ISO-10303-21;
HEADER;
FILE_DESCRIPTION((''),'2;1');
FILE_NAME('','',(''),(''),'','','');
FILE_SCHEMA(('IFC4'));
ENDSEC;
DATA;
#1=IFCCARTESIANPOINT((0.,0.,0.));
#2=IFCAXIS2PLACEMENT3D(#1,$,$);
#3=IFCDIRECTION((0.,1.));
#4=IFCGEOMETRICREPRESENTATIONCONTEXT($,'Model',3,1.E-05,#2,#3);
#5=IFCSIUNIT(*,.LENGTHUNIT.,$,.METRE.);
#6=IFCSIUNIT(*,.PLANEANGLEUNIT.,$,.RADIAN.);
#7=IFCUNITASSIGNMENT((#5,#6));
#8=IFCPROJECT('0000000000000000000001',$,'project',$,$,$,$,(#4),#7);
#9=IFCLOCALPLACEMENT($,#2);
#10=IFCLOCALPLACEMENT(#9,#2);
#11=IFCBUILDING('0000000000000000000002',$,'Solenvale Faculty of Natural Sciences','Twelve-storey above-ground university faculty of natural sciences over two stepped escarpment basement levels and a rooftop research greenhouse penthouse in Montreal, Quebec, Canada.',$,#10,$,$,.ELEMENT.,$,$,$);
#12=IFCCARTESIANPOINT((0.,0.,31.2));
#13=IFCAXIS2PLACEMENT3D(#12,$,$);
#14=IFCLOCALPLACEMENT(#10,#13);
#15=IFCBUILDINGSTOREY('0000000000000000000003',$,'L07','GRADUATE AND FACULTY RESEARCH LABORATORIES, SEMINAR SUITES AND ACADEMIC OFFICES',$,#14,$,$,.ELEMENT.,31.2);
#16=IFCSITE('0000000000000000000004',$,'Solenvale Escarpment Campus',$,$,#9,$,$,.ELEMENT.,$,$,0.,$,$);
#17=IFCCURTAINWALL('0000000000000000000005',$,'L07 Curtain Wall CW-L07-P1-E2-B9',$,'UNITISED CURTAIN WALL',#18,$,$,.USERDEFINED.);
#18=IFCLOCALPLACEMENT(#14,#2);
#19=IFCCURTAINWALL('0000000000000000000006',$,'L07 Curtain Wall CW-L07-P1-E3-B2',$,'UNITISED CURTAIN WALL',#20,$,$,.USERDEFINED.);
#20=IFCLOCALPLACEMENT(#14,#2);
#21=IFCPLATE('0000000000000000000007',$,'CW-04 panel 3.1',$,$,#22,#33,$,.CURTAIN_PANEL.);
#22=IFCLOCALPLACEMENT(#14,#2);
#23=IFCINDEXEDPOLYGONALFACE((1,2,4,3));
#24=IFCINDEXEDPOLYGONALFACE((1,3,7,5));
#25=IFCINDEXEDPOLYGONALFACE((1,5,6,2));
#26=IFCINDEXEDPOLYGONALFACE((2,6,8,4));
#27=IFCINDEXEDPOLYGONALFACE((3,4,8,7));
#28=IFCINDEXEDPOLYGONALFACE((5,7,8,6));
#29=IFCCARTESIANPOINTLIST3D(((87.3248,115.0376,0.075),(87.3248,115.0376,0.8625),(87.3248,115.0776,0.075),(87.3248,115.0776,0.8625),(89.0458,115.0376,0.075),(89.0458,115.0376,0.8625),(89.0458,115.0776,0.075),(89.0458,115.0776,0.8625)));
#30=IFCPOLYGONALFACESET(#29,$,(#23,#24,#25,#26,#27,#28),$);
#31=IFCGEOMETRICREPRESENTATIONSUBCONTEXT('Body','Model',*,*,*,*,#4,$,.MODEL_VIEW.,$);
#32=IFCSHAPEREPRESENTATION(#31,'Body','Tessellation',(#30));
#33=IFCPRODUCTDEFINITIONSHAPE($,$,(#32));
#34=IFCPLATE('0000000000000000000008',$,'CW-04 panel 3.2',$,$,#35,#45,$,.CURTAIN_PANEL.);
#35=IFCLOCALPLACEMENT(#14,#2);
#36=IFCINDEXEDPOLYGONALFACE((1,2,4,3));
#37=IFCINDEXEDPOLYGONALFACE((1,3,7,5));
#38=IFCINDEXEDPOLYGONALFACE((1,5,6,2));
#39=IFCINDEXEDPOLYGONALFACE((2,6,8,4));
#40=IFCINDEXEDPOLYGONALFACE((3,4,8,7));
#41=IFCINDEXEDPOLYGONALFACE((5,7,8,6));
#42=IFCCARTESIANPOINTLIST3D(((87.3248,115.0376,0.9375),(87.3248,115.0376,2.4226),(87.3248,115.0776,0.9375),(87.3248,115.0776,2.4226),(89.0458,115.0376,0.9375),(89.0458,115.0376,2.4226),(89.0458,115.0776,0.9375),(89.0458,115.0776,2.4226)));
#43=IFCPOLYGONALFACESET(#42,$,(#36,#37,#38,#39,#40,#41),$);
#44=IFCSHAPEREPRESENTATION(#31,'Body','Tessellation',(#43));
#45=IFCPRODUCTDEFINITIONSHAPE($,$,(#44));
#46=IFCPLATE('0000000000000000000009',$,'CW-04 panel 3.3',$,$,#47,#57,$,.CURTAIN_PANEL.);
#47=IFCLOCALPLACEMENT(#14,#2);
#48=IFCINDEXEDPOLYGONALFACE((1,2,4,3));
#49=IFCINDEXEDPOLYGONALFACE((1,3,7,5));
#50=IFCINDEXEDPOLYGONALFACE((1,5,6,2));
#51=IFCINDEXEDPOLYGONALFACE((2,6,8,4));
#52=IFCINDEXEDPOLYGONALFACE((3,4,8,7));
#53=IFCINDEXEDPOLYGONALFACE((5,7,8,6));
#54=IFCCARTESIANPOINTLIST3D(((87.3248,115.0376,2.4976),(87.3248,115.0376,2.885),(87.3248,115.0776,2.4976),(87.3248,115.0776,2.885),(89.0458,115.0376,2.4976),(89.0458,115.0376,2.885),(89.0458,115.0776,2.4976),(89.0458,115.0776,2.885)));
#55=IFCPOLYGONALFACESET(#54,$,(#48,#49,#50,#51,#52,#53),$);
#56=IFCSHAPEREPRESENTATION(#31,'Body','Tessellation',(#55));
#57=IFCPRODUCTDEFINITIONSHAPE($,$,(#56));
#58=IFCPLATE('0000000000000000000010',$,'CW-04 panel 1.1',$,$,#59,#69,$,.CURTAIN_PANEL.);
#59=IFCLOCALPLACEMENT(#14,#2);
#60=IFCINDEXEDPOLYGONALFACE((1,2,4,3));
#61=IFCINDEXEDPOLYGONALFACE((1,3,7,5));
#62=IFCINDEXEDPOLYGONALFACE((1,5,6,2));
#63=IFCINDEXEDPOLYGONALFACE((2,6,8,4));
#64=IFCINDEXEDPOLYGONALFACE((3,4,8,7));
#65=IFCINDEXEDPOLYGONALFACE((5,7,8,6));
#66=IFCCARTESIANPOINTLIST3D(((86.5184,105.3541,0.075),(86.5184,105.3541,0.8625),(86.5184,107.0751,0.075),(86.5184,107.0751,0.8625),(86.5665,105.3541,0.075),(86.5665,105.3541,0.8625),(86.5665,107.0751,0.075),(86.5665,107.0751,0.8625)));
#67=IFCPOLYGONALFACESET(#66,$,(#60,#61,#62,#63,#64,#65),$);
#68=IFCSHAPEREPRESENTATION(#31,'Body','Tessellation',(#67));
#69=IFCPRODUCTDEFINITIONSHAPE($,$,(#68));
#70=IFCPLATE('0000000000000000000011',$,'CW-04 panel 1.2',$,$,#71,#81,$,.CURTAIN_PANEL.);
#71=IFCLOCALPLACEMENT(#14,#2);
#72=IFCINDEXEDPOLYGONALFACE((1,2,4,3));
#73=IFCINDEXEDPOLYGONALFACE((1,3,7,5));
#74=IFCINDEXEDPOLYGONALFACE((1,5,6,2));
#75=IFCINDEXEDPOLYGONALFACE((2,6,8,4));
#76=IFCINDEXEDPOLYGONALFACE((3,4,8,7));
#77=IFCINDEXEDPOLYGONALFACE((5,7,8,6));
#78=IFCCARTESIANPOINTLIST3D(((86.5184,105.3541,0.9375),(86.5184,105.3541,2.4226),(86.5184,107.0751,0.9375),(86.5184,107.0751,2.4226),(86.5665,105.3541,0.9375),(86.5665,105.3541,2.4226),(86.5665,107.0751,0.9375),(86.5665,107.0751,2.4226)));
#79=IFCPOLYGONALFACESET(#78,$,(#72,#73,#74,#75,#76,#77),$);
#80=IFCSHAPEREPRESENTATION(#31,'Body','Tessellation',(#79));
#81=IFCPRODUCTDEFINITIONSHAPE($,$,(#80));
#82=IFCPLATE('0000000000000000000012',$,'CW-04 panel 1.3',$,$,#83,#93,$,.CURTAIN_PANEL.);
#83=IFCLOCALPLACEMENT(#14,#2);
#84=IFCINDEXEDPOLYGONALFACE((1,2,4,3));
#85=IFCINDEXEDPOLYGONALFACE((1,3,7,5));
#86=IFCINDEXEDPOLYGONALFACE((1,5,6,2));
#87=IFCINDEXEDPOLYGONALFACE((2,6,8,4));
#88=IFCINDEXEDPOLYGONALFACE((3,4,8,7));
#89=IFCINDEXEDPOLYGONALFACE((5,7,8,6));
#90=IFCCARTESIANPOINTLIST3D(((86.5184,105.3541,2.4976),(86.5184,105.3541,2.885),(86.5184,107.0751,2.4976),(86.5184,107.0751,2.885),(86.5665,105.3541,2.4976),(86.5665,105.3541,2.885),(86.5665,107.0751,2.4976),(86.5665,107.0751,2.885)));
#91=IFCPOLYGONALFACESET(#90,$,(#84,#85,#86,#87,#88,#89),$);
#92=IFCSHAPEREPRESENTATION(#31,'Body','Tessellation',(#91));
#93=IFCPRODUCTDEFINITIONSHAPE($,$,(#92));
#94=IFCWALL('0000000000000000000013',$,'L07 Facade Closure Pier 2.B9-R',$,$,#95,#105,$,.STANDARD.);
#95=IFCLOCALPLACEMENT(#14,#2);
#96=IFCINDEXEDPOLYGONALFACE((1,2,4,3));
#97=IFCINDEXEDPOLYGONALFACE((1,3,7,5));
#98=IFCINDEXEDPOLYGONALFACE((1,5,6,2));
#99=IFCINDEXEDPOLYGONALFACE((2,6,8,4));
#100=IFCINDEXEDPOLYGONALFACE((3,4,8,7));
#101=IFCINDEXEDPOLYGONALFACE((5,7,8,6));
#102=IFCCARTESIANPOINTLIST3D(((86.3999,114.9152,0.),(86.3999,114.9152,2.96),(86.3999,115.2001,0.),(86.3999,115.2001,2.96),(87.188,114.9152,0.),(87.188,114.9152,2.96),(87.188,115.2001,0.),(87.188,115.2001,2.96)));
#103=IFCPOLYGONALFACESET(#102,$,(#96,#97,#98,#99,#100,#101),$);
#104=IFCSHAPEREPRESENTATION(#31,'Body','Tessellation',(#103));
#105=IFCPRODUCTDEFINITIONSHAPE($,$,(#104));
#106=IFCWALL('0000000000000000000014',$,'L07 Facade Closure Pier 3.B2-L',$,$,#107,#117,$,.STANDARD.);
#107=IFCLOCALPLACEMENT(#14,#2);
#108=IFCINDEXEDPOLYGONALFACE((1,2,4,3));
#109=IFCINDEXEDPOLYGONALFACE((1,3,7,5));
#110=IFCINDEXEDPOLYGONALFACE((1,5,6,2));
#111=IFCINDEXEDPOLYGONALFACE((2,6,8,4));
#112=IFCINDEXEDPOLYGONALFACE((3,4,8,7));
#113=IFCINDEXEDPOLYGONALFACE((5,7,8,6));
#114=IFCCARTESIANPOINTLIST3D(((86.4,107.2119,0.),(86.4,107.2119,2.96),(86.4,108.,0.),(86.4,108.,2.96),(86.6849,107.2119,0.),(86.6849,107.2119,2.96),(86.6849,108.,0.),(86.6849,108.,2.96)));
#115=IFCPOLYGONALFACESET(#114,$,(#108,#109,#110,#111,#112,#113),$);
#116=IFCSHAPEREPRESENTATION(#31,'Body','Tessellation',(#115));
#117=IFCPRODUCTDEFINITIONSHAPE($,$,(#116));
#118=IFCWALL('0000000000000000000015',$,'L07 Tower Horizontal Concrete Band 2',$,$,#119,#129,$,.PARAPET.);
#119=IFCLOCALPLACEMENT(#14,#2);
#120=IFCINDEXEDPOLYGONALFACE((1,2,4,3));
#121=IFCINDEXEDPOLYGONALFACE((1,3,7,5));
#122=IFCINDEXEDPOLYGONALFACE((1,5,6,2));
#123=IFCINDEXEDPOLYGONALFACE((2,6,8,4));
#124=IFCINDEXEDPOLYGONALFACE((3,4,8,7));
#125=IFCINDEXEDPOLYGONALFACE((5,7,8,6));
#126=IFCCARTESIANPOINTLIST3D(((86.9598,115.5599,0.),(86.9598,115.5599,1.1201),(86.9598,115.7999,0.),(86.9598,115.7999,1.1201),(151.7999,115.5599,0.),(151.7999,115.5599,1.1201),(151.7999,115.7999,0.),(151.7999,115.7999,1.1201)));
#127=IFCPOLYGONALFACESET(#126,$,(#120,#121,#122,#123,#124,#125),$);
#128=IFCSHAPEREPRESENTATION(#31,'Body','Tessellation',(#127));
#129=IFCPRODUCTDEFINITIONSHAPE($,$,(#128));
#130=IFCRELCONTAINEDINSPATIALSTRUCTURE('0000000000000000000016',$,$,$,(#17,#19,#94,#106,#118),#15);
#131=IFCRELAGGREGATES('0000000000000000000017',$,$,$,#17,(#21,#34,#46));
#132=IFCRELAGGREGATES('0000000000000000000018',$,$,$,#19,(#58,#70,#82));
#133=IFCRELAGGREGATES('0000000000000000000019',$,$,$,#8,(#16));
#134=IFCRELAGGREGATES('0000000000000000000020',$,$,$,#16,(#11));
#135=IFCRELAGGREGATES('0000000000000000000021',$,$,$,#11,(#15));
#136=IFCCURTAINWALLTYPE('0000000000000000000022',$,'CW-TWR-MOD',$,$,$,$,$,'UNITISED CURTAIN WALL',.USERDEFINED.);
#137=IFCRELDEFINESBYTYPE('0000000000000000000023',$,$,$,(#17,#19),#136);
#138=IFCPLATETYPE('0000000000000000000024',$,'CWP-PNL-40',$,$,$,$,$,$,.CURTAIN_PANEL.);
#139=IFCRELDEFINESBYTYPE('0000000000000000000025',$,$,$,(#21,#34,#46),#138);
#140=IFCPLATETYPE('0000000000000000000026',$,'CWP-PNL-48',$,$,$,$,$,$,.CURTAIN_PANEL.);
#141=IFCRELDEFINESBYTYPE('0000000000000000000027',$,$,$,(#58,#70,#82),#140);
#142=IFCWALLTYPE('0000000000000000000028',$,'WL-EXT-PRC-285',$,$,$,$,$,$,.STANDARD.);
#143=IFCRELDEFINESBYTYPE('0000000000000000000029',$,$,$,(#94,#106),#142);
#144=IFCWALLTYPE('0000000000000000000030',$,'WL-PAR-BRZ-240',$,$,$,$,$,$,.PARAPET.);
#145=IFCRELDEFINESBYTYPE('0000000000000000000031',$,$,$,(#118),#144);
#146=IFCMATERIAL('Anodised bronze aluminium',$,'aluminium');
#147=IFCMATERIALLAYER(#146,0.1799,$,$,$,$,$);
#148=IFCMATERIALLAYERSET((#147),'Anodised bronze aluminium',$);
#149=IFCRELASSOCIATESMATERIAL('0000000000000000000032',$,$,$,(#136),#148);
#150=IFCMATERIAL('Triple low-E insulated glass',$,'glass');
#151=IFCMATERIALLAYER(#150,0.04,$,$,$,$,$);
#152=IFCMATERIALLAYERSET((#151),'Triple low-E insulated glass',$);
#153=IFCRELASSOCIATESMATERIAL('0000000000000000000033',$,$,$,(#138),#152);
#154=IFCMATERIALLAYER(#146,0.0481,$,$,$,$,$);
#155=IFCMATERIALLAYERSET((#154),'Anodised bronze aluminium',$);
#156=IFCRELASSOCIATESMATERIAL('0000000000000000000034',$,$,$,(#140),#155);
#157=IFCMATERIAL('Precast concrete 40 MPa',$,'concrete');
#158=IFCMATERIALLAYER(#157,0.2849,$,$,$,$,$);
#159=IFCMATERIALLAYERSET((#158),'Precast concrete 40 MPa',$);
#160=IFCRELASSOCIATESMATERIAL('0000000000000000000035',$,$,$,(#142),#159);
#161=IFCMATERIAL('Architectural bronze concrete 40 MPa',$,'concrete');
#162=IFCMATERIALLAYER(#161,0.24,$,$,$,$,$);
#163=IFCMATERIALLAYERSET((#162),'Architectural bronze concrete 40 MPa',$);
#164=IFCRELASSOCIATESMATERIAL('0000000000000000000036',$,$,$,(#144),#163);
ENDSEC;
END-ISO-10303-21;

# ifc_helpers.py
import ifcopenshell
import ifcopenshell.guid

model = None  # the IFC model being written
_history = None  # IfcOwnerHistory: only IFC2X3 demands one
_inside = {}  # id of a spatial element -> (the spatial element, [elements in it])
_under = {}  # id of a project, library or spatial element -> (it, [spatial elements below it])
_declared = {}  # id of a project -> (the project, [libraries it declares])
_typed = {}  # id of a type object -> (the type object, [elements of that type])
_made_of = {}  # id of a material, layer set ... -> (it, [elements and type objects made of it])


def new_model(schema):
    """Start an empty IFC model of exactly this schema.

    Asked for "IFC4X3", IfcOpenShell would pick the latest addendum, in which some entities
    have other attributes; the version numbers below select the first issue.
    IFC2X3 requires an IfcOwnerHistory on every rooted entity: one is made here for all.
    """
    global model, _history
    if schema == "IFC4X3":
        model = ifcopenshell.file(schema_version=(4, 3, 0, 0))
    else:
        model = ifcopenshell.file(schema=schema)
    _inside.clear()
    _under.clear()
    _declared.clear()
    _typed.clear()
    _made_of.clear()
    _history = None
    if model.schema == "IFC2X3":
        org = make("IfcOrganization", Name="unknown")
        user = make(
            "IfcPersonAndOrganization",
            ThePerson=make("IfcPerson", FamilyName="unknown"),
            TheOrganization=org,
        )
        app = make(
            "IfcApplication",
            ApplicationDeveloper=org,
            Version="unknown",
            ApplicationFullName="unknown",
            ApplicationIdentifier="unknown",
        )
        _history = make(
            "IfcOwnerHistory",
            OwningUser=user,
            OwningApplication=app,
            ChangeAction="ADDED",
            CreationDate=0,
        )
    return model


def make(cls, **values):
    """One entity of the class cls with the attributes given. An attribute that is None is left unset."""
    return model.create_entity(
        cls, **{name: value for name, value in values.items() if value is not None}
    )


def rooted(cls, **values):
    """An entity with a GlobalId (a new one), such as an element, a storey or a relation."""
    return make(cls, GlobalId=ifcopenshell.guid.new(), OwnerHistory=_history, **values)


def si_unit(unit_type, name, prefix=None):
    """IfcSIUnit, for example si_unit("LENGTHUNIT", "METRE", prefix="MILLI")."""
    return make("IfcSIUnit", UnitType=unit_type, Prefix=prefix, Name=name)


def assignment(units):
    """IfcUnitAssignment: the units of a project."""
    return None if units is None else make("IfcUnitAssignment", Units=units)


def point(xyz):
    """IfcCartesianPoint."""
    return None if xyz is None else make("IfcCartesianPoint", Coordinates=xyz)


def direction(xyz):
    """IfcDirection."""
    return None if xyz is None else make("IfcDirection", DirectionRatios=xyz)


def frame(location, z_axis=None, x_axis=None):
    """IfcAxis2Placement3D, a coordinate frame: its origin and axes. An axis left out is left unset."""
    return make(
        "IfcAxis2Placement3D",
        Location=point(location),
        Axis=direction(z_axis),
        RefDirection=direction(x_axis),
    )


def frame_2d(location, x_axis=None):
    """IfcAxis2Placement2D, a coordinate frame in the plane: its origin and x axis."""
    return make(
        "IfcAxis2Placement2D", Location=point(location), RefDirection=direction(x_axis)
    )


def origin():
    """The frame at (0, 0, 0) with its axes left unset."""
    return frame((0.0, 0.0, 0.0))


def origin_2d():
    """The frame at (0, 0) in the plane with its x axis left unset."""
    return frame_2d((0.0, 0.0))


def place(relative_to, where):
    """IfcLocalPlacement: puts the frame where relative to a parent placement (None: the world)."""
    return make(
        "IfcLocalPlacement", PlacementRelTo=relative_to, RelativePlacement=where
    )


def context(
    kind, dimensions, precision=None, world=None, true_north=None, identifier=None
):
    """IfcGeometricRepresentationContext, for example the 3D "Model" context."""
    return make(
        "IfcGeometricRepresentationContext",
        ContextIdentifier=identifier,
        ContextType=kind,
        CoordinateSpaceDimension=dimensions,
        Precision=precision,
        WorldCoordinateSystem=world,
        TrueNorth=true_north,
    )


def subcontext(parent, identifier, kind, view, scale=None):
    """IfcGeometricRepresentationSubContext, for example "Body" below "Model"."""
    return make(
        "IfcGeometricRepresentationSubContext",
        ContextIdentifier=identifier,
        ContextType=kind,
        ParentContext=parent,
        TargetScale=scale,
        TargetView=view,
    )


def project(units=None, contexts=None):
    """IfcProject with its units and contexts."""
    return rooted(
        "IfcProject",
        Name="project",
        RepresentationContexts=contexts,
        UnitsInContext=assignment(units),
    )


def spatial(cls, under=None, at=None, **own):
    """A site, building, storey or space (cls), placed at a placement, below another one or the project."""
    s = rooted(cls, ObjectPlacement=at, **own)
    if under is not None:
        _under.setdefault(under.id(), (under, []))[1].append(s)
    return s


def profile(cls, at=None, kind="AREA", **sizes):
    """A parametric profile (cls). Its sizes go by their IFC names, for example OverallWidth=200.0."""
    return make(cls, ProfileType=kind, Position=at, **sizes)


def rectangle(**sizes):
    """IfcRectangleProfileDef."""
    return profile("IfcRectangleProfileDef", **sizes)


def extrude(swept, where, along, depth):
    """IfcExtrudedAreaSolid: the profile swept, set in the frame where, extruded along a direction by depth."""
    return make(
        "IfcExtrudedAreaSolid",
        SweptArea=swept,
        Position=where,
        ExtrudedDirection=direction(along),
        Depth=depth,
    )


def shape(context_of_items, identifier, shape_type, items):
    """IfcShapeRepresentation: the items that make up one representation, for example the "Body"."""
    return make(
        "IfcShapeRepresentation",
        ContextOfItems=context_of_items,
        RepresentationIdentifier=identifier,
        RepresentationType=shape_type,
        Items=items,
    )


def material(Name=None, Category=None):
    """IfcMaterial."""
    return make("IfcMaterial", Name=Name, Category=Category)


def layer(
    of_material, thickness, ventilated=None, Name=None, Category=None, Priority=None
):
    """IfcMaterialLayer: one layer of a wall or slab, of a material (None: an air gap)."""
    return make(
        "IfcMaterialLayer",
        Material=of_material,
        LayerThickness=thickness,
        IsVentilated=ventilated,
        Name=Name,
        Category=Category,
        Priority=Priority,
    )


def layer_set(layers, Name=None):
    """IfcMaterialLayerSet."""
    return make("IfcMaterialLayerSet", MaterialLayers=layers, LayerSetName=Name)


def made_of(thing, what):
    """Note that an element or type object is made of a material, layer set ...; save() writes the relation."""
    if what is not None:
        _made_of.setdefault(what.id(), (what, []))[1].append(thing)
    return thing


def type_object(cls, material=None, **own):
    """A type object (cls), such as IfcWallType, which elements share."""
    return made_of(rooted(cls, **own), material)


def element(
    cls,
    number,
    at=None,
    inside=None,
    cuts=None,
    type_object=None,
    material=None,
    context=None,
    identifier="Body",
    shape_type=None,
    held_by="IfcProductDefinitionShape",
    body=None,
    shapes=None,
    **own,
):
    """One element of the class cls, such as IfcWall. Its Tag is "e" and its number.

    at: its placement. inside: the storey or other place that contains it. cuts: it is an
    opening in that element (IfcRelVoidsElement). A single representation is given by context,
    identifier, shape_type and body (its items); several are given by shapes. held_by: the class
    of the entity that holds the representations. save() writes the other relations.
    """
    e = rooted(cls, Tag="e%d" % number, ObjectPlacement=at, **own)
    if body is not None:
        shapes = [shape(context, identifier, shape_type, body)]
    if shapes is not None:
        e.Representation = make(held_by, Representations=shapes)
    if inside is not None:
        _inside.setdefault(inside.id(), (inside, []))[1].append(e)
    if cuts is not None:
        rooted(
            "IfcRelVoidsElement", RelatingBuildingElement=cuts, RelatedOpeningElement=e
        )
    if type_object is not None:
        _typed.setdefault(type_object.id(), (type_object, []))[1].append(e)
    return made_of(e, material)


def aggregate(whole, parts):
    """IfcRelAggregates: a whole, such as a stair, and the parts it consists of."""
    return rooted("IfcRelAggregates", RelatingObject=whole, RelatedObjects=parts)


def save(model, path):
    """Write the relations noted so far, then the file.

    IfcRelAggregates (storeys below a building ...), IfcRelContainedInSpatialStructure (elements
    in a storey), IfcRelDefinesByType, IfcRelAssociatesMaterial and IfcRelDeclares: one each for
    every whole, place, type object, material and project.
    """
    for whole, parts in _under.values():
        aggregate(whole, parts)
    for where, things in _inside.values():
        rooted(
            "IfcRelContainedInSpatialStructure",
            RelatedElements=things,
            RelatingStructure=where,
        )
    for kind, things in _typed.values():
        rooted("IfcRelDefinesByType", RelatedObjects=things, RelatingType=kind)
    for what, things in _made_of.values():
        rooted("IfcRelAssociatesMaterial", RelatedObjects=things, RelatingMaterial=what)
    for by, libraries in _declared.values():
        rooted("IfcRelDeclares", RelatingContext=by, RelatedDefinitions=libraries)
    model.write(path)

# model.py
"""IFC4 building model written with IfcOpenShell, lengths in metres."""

from ifc_helpers import new_model, si_unit, direction, frame, frame_2d, origin, origin_2d, place, context, subcontext, project, spatial, rectangle, extrude, material, layer, layer_set, type_object, element, aggregate, save


model = new_model("IFC4")

# Units and contexts
model_context = context("Model", 3, precision=1e-05, world=origin(), true_north=direction((0.0, 1.0)))
body_context = subcontext(model_context, "Body", "Model", "MODEL_VIEW")
ifc_project = project(units=[si_unit("LENGTHUNIT", "METRE"), si_unit("PLANEANGLEUNIT", "RADIAN")], contexts=[model_context])

# Site, building, storey
site_placement = place(None, origin())
site = spatial("IfcSite", under=ifc_project, at=site_placement, Name="Solenvale Escarpment Campus", CompositionType="ELEMENT", RefElevation=0.0)
building_placement = place(site_placement, origin())
building = spatial("IfcBuilding", under=site, at=building_placement, Name="Solenvale Faculty of Natural Sciences", Description="Twelve-storey above-ground university faculty of natural sciences over two stepped escarpment basement levels and a rooftop research greenhouse penthouse in Montreal, Quebec, Canada.", CompositionType="ELEMENT")
storey_placement = place(building_placement, frame((0.0, 0.0, 31.2)))
storey = spatial("IfcBuildingStorey", under=building, at=storey_placement, Name="L07", Description="GRADUATE AND FACULTY RESEARCH LABORATORIES, SEMINAR SUITES AND ACADEMIC OFFICES", CompositionType="ELEMENT", Elevation=31.2)

# Shared definitions
ifc_material_1 = material(Name="Precast concrete 40 MPa", Category="concrete")

# Curtain walls
ifc_material_2 = material(Name="Anodised bronze aluminium", Category="aluminium")
ifc_layer_1 = layer(ifc_material_2, 0.1799)
ifc_layer_set_1 = layer_set([ifc_layer_1], Name="Anodised bronze aluminium")
curtain_wall_type = type_object("IfcCurtainWallType", Name="CW-TWR-MOD", ElementType="UNITISED CURTAIN WALL", PredefinedType="USERDEFINED", material=ifc_layer_set_1)
curtain_wall_1_placement = place(storey_placement, origin())
curtain_wall_1 = element("IfcCurtainWall", 1, at=curtain_wall_1_placement, inside=storey, type_object=curtain_wall_type, Name="L07 Curtain Wall CW-L07-P1-E2-B9", ObjectType="UNITISED CURTAIN WALL", PredefinedType="USERDEFINED")
curtain_wall_2_placement = place(storey_placement, origin())
curtain_wall_2 = element("IfcCurtainWall", 2, at=curtain_wall_2_placement, inside=storey, type_object=curtain_wall_type, Name="L07 Curtain Wall CW-L07-P1-E3-B2", ObjectType="UNITISED CURTAIN WALL", PredefinedType="USERDEFINED")

# Plates
ifc_material_3 = material(Name="Triple low-E insulated glass", Category="glass")
ifc_layer_2 = layer(ifc_material_3, 0.04)
ifc_layer_set_2 = layer_set([ifc_layer_2], Name="Triple low-E insulated glass")
plate_type_1 = type_object("IfcPlateType", Name="CWP-PNL-40", PredefinedType="CURTAIN_PANEL", material=ifc_layer_set_2)
plate_1_placement = place(storey_placement, frame((88.1853, 115.0576, 0.075), z_axis=(0.0, 0.0, 1.0), x_axis=(-1.0, 0.0, 0.0)))
plate_1 = element("IfcPlate", 3, at=plate_1_placement, type_object=plate_type_1, Name="CW-04 panel 3.1", PredefinedType="CURTAIN_PANEL", context=body_context, shape_type="SweptSolid", body=[
    extrude(rectangle(XDim=1.7209, YDim=0.04, at=origin_2d()), origin(), (0.0, 0.0, 1.0), 0.7876),
])
plate_2_placement = place(storey_placement, frame((88.1853, 115.0576, 0.9375), z_axis=(0.0, 0.0, 1.0), x_axis=(-1.0, 0.0, 0.0)))
plate_2 = element("IfcPlate", 4, at=plate_2_placement, type_object=plate_type_1, Name="CW-04 panel 3.2", PredefinedType="CURTAIN_PANEL", context=body_context, shape_type="SweptSolid", body=[
    extrude(rectangle(XDim=1.7209, YDim=0.04, at=origin_2d()), origin(), (0.0, 0.0, 1.0), 1.4851),
])
plate_3_placement = place(storey_placement, frame((88.1853, 115.0576, 2.4976), z_axis=(0.0, 0.0, 1.0), x_axis=(-1.0, 0.0, 0.0)))
plate_3 = element("IfcPlate", 5, at=plate_3_placement, type_object=plate_type_1, Name="CW-04 panel 3.3", PredefinedType="CURTAIN_PANEL", context=body_context, shape_type="SweptSolid", body=[
    extrude(rectangle(XDim=1.7209, YDim=0.04, at=origin_2d()), origin(), (0.0, 0.0, 1.0), 0.3875),
])
aggregate(curtain_wall_1, [plate_1, plate_2, plate_3])
ifc_layer_3 = layer(ifc_material_2, 0.0481)
ifc_layer_set_3 = layer_set([ifc_layer_3], Name="Anodised bronze aluminium")
plate_type_2 = type_object("IfcPlateType", Name="CWP-PNL-48", PredefinedType="CURTAIN_PANEL", material=ifc_layer_set_3)
plate_4_placement = place(storey_placement, frame((86.5425, 106.2146, 0.075), z_axis=(0.0, 0.0, 1.0), x_axis=(0.0, -1.0, 0.0)))
plate_4 = element("IfcPlate", 6, at=plate_4_placement, type_object=plate_type_2, Name="CW-04 panel 1.1", PredefinedType="CURTAIN_PANEL", context=body_context, shape_type="SweptSolid", body=[
    extrude(rectangle(XDim=1.7209, YDim=0.0481, at=origin_2d()), origin(), (0.0, 0.0, 1.0), 0.7876),
])
plate_5_placement = place(storey_placement, frame((86.5425, 106.2146, 0.9375), z_axis=(0.0, 0.0, 1.0), x_axis=(0.0, -1.0, 0.0)))
plate_5 = element("IfcPlate", 7, at=plate_5_placement, type_object=plate_type_2, Name="CW-04 panel 1.2", PredefinedType="CURTAIN_PANEL", context=body_context, shape_type="SweptSolid", body=[
    extrude(rectangle(XDim=1.7209, YDim=0.0481, at=origin_2d()), origin(), (0.0, 0.0, 1.0), 1.4851),
])
plate_6_placement = place(storey_placement, frame((86.5425, 106.2146, 2.4976), z_axis=(0.0, 0.0, 1.0), x_axis=(0.0, -1.0, 0.0)))
plate_6 = element("IfcPlate", 8, at=plate_6_placement, type_object=plate_type_2, Name="CW-04 panel 1.3", PredefinedType="CURTAIN_PANEL", context=body_context, shape_type="SweptSolid", body=[
    extrude(rectangle(XDim=1.7209, YDim=0.0481, at=origin_2d()), origin(), (0.0, 0.0, 1.0), 0.3875),
])
aggregate(curtain_wall_2, [plate_4, plate_5, plate_6])

# Walls
ifc_layer_4 = layer(ifc_material_1, 0.2849)
ifc_layer_set_4 = layer_set([ifc_layer_4], Name="Precast concrete 40 MPa")
wall_type_1 = type_object("IfcWallType", Name="WL-EXT-PRC-285", PredefinedType="STANDARD", material=ifc_layer_set_4)
for number, where, z_axis, x_axis, name in (
    (9, (87.188, 115.0576, 0.0), (0.0, 0.0, 1.0), (-1.0, 0.0, 0.0), "L07 Facade Closure Pier 2.B9-R"),
    (10, (86.5425, 108.0, 0.0), (0.0, 0.0, 1.0), (0.0, -1.0, 0.0), "L07 Facade Closure Pier 3.B2-L"),
):
    element("IfcWall", number, at=place(storey_placement, frame(where, z_axis=z_axis, x_axis=x_axis)), inside=storey, type_object=wall_type_1, Name=name, PredefinedType="STANDARD", context=body_context, shape_type="SweptSolid", body=[
        extrude(rectangle(XDim=0.7881, YDim=0.2849, at=frame_2d((0.394, 0.0))), origin(), (0.0, 0.0, 1.0), 2.96),
    ])
ifc_material_4 = material(Name="Architectural bronze concrete 40 MPa", Category="concrete")
ifc_layer_5 = layer(ifc_material_4, 0.24)
ifc_layer_set_5 = layer_set([ifc_layer_5], Name="Architectural bronze concrete 40 MPa")
wall_type_2 = type_object("IfcWallType", Name="WL-PAR-BRZ-240", PredefinedType="PARAPET", material=ifc_layer_set_5)
wall_1_placement = place(storey_placement, frame((86.96, 115.6799, 0.0), z_axis=(0.0, 0.0, 1.0), x_axis=(1.0, 0.0, 0.0)))
element("IfcWall", 11, at=wall_1_placement, inside=storey, type_object=wall_type_2, Name="L07 Tower Horizontal Concrete Band 2", PredefinedType="PARAPET", context=body_context, shape_type="SweptSolid", body=[
    extrude(rectangle(XDim=64.8401, YDim=0.24, at=frame_2d((32.4199, 0.0))), origin(), (0.0, 0.0, 1.0), 1.1201),
])

save(model, "model.ifc")
